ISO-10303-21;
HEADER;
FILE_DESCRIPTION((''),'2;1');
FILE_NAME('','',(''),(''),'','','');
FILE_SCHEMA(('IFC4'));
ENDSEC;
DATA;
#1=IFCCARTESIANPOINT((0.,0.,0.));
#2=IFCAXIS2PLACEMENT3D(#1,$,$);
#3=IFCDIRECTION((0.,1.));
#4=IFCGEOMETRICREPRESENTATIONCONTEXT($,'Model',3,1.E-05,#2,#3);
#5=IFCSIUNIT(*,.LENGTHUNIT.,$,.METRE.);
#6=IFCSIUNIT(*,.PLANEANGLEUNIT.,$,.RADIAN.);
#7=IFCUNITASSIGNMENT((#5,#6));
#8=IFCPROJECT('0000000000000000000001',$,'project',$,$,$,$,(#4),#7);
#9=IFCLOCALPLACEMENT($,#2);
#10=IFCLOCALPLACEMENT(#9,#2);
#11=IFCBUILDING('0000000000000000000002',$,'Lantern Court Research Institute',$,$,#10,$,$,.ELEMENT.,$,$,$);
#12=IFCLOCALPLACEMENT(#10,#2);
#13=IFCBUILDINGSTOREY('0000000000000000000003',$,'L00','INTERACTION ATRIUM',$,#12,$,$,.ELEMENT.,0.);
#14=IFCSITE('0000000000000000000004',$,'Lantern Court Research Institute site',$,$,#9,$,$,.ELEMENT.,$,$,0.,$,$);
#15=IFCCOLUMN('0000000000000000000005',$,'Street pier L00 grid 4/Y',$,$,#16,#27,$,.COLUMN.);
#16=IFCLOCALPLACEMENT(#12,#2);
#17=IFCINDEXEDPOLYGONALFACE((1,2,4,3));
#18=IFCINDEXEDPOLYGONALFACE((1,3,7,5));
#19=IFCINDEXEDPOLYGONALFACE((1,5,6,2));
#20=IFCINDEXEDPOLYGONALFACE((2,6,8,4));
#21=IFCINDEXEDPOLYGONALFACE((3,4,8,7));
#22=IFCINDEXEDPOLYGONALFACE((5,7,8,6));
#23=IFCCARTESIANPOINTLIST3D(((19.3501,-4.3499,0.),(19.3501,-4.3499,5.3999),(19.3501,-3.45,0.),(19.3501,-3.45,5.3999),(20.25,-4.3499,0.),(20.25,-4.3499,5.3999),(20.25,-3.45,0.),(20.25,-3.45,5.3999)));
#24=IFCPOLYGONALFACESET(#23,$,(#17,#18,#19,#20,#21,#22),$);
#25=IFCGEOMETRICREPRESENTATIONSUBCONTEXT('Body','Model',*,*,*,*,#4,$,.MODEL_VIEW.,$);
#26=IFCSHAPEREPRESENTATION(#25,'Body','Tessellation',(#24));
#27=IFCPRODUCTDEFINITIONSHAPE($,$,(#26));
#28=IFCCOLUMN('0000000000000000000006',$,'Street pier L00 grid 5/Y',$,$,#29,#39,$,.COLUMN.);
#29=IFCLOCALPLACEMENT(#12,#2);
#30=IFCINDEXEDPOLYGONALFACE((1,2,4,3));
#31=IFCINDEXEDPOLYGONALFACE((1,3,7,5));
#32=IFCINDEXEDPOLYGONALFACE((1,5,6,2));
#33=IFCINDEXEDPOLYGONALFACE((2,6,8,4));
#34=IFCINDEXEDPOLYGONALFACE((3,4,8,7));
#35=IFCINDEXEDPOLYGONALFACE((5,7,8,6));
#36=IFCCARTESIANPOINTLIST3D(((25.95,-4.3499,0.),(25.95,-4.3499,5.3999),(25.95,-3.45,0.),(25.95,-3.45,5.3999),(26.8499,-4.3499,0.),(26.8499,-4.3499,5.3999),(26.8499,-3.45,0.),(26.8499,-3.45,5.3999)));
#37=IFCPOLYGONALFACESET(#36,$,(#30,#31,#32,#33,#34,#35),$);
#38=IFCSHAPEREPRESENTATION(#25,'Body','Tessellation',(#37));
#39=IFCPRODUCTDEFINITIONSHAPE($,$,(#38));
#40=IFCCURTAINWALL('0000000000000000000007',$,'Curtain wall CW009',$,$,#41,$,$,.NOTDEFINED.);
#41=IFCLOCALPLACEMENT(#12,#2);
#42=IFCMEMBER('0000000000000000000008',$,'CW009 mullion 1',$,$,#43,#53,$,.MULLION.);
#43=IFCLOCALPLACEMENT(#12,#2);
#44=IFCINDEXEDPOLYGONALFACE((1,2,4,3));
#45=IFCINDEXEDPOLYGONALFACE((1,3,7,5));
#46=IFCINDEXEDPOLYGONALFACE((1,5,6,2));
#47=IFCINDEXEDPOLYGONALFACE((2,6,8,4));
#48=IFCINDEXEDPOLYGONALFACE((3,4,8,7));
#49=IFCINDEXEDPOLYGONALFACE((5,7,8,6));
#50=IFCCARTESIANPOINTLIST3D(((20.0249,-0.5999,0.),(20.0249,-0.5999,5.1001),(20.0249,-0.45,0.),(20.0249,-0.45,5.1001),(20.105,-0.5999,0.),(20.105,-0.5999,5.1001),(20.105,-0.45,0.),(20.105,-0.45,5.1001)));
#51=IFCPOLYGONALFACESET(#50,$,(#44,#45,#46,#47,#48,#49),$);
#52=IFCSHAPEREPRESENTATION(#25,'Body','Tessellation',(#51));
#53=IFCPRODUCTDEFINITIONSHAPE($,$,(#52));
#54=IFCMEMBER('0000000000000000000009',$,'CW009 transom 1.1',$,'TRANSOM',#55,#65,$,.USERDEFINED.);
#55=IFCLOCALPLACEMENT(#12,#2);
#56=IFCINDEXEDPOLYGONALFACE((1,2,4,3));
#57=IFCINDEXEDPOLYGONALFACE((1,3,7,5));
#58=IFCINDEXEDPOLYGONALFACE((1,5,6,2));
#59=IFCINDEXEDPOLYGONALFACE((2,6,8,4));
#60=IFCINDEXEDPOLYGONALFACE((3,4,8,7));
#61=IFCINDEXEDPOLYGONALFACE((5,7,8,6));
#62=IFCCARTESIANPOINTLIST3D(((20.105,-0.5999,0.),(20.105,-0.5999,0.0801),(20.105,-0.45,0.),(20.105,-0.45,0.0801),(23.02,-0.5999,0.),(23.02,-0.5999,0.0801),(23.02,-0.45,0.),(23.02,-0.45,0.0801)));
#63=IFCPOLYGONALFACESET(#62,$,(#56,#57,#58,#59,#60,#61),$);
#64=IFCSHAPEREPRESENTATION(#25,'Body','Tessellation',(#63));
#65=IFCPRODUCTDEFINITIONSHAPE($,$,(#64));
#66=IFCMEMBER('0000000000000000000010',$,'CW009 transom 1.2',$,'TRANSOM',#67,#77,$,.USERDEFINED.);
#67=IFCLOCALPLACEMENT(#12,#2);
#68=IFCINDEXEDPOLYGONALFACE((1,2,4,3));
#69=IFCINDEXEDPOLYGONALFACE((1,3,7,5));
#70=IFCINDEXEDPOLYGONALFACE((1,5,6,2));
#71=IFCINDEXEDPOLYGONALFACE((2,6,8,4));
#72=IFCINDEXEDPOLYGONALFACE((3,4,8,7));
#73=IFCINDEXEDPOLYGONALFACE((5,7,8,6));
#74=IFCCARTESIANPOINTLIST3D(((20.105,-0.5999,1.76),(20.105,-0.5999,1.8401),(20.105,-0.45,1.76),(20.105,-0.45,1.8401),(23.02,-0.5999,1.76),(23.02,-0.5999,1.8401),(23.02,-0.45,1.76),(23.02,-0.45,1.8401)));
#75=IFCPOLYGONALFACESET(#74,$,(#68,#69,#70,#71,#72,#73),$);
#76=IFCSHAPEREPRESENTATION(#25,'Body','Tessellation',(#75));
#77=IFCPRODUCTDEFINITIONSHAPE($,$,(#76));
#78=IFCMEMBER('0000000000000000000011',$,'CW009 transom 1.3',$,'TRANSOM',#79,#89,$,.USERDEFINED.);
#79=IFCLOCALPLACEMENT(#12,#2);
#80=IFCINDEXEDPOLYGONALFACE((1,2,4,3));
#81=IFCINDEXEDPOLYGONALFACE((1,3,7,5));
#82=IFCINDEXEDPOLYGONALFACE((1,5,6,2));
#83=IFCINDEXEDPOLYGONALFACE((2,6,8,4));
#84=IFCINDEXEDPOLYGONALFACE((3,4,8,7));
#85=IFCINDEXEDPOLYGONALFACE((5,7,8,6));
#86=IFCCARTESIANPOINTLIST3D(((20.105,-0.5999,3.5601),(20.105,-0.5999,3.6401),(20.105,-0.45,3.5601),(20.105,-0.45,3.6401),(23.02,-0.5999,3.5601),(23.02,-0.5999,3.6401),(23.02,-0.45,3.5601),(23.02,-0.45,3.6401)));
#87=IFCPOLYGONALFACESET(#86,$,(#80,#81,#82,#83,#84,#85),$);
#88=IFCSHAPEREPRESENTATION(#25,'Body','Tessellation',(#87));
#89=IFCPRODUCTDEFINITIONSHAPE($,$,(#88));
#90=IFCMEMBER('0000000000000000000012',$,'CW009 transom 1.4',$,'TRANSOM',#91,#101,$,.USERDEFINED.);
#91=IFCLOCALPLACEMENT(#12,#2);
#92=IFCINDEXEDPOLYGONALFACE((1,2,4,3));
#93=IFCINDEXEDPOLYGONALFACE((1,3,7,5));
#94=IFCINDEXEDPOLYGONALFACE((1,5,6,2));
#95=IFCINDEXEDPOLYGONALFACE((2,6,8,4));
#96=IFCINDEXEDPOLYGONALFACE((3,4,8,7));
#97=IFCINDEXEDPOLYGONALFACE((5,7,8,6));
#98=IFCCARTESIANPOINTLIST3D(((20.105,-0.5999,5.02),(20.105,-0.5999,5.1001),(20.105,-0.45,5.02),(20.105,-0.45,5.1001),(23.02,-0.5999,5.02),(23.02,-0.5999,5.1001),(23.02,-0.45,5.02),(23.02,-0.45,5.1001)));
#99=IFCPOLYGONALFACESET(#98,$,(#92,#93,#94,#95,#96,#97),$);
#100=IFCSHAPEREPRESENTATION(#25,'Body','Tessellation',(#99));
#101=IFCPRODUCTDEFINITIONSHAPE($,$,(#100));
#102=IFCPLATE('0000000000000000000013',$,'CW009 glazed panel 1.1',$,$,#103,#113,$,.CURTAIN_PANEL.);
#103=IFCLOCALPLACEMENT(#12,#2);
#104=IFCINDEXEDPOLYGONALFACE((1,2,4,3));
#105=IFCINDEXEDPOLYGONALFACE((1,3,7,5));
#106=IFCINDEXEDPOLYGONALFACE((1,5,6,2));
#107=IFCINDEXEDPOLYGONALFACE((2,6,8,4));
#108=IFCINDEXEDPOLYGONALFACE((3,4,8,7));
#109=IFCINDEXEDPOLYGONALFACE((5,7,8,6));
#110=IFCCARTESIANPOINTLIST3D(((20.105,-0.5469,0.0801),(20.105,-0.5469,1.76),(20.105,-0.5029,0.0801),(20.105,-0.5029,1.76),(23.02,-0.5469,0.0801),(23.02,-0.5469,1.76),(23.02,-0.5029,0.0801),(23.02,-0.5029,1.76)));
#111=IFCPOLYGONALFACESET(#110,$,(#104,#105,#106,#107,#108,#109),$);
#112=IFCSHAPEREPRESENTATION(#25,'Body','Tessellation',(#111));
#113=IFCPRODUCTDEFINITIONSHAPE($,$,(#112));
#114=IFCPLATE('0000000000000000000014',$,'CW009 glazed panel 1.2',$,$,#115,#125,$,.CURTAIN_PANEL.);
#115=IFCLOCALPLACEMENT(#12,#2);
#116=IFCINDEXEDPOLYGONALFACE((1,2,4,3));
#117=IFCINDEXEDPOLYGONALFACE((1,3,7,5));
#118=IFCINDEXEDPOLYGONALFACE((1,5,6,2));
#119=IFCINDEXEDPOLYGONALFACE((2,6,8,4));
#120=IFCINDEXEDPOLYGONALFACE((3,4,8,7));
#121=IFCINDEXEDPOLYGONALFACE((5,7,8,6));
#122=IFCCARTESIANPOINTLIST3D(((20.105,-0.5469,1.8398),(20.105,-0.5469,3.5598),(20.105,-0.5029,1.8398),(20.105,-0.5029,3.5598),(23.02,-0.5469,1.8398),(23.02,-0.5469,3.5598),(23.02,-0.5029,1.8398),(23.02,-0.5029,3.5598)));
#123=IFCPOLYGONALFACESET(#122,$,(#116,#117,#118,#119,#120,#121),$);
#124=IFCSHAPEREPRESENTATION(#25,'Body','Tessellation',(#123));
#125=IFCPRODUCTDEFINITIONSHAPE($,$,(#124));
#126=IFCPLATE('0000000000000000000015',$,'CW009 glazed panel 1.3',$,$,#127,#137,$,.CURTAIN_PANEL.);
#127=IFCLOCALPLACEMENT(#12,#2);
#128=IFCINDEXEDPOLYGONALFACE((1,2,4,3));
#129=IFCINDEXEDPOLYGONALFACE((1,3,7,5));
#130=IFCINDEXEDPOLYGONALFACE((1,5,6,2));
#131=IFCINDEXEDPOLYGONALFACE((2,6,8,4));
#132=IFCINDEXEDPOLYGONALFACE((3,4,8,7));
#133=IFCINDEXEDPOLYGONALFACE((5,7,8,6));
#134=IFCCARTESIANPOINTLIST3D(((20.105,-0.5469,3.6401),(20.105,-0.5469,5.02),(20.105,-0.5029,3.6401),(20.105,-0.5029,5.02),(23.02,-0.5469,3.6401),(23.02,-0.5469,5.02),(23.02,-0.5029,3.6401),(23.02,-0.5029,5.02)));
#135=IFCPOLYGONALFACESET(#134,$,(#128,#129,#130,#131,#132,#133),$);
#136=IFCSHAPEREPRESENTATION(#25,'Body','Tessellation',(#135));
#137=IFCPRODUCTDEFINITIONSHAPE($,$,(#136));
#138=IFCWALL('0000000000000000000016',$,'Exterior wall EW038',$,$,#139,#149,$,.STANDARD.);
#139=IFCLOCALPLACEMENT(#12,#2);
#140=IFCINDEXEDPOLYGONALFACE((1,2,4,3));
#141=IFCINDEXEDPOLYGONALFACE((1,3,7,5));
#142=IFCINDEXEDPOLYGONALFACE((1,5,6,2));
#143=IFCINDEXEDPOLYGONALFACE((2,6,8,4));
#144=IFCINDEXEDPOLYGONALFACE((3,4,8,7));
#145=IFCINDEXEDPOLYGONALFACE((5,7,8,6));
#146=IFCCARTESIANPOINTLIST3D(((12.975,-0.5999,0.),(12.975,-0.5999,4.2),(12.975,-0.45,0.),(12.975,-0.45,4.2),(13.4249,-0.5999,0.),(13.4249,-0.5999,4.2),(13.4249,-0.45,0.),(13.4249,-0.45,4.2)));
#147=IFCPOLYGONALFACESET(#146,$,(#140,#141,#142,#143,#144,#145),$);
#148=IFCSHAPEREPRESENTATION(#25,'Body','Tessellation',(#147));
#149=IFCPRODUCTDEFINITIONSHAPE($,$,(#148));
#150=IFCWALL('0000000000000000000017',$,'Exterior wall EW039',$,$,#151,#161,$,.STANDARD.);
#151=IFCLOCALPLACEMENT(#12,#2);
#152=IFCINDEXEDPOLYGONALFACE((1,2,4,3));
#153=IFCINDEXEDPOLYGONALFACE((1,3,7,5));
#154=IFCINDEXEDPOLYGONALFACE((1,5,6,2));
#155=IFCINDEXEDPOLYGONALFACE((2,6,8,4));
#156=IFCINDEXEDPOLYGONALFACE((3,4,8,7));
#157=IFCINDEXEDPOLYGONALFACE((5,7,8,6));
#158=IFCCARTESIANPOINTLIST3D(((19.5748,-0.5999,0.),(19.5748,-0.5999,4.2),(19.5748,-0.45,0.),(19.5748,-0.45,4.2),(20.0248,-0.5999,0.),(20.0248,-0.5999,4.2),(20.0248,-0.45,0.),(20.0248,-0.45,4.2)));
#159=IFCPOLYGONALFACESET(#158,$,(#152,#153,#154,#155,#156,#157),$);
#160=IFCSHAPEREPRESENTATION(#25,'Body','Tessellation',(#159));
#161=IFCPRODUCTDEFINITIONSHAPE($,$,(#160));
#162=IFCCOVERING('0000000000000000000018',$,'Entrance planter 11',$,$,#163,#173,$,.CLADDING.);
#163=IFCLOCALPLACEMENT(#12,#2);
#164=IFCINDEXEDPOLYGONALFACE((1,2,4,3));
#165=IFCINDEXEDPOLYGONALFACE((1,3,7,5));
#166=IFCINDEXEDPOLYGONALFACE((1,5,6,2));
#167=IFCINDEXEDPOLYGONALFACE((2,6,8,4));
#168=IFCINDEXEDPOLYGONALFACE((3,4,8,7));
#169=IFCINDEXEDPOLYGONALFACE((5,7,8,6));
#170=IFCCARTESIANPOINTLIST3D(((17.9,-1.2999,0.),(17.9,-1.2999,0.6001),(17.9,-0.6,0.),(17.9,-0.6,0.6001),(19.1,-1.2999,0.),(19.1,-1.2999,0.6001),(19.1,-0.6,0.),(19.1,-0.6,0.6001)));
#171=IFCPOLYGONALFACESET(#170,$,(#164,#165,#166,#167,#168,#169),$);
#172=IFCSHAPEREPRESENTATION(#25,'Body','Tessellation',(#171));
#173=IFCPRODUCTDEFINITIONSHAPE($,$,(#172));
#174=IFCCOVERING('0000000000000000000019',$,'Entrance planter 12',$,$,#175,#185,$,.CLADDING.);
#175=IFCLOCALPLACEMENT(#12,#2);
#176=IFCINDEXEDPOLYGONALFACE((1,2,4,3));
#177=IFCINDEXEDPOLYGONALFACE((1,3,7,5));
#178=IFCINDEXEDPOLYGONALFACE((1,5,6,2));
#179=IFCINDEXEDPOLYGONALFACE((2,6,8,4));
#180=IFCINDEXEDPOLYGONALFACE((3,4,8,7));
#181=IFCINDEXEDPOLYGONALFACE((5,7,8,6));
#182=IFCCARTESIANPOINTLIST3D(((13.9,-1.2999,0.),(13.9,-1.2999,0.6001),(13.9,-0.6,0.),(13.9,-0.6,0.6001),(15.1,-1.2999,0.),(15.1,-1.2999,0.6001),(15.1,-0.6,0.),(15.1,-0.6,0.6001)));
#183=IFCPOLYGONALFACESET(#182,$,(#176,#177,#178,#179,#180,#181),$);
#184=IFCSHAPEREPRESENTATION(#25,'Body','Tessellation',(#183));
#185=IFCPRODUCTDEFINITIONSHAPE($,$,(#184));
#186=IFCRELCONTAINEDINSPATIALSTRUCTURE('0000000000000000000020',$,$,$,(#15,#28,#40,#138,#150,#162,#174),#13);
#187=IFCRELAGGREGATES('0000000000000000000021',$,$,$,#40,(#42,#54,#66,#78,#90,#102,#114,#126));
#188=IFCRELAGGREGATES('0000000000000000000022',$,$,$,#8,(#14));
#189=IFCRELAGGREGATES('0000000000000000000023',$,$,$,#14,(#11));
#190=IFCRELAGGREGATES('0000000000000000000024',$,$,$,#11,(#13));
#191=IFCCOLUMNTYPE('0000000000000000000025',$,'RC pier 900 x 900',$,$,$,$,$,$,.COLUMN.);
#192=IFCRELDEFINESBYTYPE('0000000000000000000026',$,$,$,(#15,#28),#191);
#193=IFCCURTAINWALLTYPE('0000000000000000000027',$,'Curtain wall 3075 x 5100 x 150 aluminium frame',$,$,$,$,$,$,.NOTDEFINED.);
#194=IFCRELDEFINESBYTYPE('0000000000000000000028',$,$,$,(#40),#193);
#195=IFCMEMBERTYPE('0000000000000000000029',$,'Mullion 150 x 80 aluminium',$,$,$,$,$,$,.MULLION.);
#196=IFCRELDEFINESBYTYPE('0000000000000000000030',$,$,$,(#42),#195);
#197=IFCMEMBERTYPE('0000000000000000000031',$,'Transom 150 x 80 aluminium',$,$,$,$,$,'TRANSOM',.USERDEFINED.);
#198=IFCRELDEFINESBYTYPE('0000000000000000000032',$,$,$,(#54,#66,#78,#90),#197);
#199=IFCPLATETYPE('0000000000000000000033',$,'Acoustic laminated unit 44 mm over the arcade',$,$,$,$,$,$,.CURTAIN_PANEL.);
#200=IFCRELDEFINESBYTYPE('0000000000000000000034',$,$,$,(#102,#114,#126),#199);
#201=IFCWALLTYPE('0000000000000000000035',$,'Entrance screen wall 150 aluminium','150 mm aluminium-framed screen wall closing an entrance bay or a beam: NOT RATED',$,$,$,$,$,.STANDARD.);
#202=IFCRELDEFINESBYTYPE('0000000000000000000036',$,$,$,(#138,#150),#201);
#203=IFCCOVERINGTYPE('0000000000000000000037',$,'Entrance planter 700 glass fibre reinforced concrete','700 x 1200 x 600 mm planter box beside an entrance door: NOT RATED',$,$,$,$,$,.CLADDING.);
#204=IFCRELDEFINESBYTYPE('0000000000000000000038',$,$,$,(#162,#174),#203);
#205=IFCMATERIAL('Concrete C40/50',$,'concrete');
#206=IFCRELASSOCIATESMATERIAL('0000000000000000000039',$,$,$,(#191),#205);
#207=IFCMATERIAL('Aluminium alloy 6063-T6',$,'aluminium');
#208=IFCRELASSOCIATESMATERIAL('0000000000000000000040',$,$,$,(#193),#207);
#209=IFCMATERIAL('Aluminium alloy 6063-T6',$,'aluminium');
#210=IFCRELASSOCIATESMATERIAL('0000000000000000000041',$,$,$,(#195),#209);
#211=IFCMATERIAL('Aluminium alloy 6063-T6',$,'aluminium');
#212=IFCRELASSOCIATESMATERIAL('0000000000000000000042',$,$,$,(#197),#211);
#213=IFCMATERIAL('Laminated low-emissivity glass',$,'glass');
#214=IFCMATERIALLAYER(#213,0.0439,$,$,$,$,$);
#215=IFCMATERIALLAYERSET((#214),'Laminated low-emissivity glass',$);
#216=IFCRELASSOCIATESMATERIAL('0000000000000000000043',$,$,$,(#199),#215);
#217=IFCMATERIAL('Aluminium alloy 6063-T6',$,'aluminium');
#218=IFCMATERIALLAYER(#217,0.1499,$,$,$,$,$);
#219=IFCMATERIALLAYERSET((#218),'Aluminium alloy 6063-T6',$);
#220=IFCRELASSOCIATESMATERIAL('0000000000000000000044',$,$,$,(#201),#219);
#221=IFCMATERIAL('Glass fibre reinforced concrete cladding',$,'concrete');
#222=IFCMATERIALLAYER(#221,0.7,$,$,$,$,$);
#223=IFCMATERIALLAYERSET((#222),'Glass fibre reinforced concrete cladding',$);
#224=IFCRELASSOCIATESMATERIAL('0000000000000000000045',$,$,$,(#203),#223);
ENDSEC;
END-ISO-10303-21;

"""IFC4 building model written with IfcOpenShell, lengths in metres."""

from ifc_helpers import new_model, si_unit, direction, frame, frame_2d, origin, origin_2d, place, context, subcontext, project, spatial, rectangle, extrude, material, layer, layer_set, material_profile, profile_set, type_object, element, aggregate, save


model = new_model("IFC4")

# Units and contexts
model_context = context("Model", 3, precision=1e-05, world=origin(), true_north=direction((0.0, 1.0)))
body_context = subcontext(model_context, "Body", "Model", "MODEL_VIEW")
ifc_project = project(units=[si_unit("LENGTHUNIT", "METRE"), si_unit("PLANEANGLEUNIT", "RADIAN")], contexts=[model_context])

# Site, building, storey
site_placement = place(None, origin())
site = spatial("IfcSite", under=ifc_project, at=site_placement, Name="Lantern Court Research Institute site", CompositionType="ELEMENT", RefElevation=0.0)
building_placement = place(site_placement, origin())
building = spatial("IfcBuilding", under=site, at=building_placement, Name="Lantern Court Research Institute", CompositionType="ELEMENT")
storey_placement = place(building_placement, origin())
storey = spatial("IfcBuildingStorey", under=building, at=storey_placement, Name="L00", Description="INTERACTION ATRIUM", CompositionType="ELEMENT", Elevation=0.0)

# Columns
ifc_material_1 = material(Name="Concrete C40/50", Category="concrete")
ifc_material_profile_1 = material_profile(ifc_material_1, rectangle(XDim=0.8999, YDim=0.8999, at=origin_2d()), Name="RC column 900 x 900")
ifc_profile_set_1 = profile_set([ifc_material_profile_1], Name="Concrete C40/50")
column_type = type_object("IfcColumnType", Name="RC pier 900 x 900", PredefinedType="COLUMN", material=ifc_profile_set_1)
for number, where, z_axis, x_axis, name in (
    (1, (19.8, -3.8999, 0.0), (0.0, 0.0, 1.0), (1.0, 0.0, 0.0), "Street pier L00 grid 4/Y"),
    (2, (26.3999, -3.8999, 0.0), (0.0, 0.0, 1.0), (1.0, 0.0, 0.0), "Street pier L00 grid 5/Y"),
):
    element("IfcColumn", number, at=place(storey_placement, frame(where, z_axis=z_axis, x_axis=x_axis)), inside=storey, type_object=column_type, Name=name, PredefinedType="COLUMN", context=body_context, shape_type="SweptSolid", body=[
        extrude(rectangle(XDim=0.8999, YDim=0.8999, at=origin_2d()), origin(), (0.0, 0.0, 1.0), 5.3999),
    ])

# Curtain wall, members, plates
ifc_material_2 = material(Name="Aluminium alloy 6063-T6", Category="aluminium")
curtain_wall_type = type_object("IfcCurtainWallType", Name="Curtain wall 3075 x 5100 x 150 aluminium frame", PredefinedType="NOTDEFINED", material=ifc_material_2)
curtain_wall_placement = place(storey_placement, origin())
curtain_wall = element("IfcCurtainWall", 3, at=curtain_wall_placement, inside=storey, type_object=curtain_wall_type, Name="Curtain wall CW009", PredefinedType="NOTDEFINED")
ifc_material_3 = material(Name="Aluminium alloy 6063-T6", Category="aluminium")
ifc_material_profile_2 = material_profile(ifc_material_3, rectangle(XDim=0.1499, YDim=0.0801, at=origin_2d()), Name="Mullion 150 x 80")
ifc_profile_set_2 = profile_set([ifc_material_profile_2], Name="Aluminium alloy 6063-T6")
member_type_1 = type_object("IfcMemberType", Name="Mullion 150 x 80 aluminium", PredefinedType="MULLION", material=ifc_profile_set_2)
member_1_placement = place(storey_placement, frame((20.0649, -0.5249, 0.0), z_axis=(0.0, 0.0, 1.0), x_axis=(0.0, -1.0, 0.0)))
member_1 = element("IfcMember", 4, at=member_1_placement, type_object=member_type_1, Name="CW009 mullion 1", PredefinedType="MULLION", context=body_context, shape_type="SweptSolid", body=[
    extrude(rectangle(XDim=0.1499, YDim=0.0801, at=origin_2d()), origin(), (0.0, 0.0, 1.0), 5.1001),
])
ifc_material_4 = material(Name="Aluminium alloy 6063-T6", Category="aluminium")
ifc_material_profile_3 = material_profile(ifc_material_4, rectangle(XDim=0.1499, YDim=0.0801, at=origin_2d()), Name="Transom 150 x 80")
ifc_profile_set_3 = profile_set([ifc_material_profile_3], Name="Aluminium alloy 6063-T6")
member_type_2 = type_object("IfcMemberType", Name="Transom 150 x 80 aluminium", ElementType="TRANSOM", PredefinedType="USERDEFINED", material=ifc_profile_set_3)
member_2_placement = place(storey_placement, frame((23.02, -0.5249, 0.04), z_axis=(-1.0, 0.0, 0.0), x_axis=(0.0, -1.0, 0.0)))
member_2 = element("IfcMember", 5, at=member_2_placement, type_object=member_type_2, Name="CW009 transom 1.1", ObjectType="TRANSOM", PredefinedType="USERDEFINED", context=body_context, shape_type="SweptSolid", body=[
    extrude(rectangle(XDim=0.1499, YDim=0.0801, at=origin_2d()), origin(), (0.0, 0.0, 1.0), 2.915),
])
member_3_placement = place(storey_placement, frame((23.02, -0.5249, 1.8), z_axis=(-1.0, 0.0, 0.0), x_axis=(0.0, -1.0, 0.0)))
member_3 = element("IfcMember", 6, at=member_3_placement, type_object=member_type_2, Name="CW009 transom 1.2", ObjectType="TRANSOM", PredefinedType="USERDEFINED", context=body_context, shape_type="SweptSolid", body=[
    extrude(rectangle(XDim=0.1499, YDim=0.0801, at=origin_2d()), origin(), (0.0, 0.0, 1.0), 2.915),
])
member_4_placement = place(storey_placement, frame((23.02, -0.5249, 3.6001), z_axis=(-1.0, 0.0, 0.0), x_axis=(0.0, -1.0, 0.0)))
member_4 = element("IfcMember", 7, at=member_4_placement, type_object=member_type_2, Name="CW009 transom 1.3", ObjectType="TRANSOM", PredefinedType="USERDEFINED", context=body_context, shape_type="SweptSolid", body=[
    extrude(rectangle(XDim=0.1499, YDim=0.0801, at=origin_2d()), origin(), (0.0, 0.0, 1.0), 2.915),
])
member_5_placement = place(storey_placement, frame((23.02, -0.5249, 5.0601), z_axis=(-1.0, 0.0, 0.0), x_axis=(0.0, -1.0, 0.0)))
member_5 = element("IfcMember", 8, at=member_5_placement, type_object=member_type_2, Name="CW009 transom 1.4", ObjectType="TRANSOM", PredefinedType="USERDEFINED", context=body_context, shape_type="SweptSolid", body=[
    extrude(rectangle(XDim=0.1499, YDim=0.0801, at=origin_2d()), origin(), (0.0, 0.0, 1.0), 2.915),
])
ifc_material_5 = material(Name="Laminated low-emissivity glass", Category="glass")
ifc_layer_1 = layer(ifc_material_5, 0.0439)
ifc_layer_set_1 = layer_set([ifc_layer_1], Name="Laminated low-emissivity glass")
plate_type = type_object("IfcPlateType", Name="Acoustic laminated unit 44 mm over the arcade", PredefinedType="CURTAIN_PANEL", material=ifc_layer_set_1)
plate_1_placement = place(storey_placement, frame((21.5625, -0.5249, 0.0801), z_axis=(0.0, 0.0, 1.0), x_axis=(-1.0, 0.0, 0.0)))
plate_1 = element("IfcPlate", 9, at=plate_1_placement, type_object=plate_type, Name="CW009 glazed panel 1.1", PredefinedType="CURTAIN_PANEL", context=body_context, shape_type="SweptSolid", body=[
    extrude(rectangle(XDim=2.915, YDim=0.0439, at=origin_2d()), origin(), (0.0, 0.0, 1.0), 1.6799),
])
plate_2_placement = place(storey_placement, frame((21.5625, -0.5249, 1.8398), z_axis=(0.0, 0.0, 1.0), x_axis=(-1.0, 0.0, 0.0)))
plate_2 = element("IfcPlate", 10, at=plate_2_placement, type_object=plate_type, Name="CW009 glazed panel 1.2", PredefinedType="CURTAIN_PANEL", context=body_context, shape_type="SweptSolid", body=[
    extrude(rectangle(XDim=2.915, YDim=0.0439, at=origin_2d()), origin(), (0.0, 0.0, 1.0), 1.72),
])
plate_3_placement = place(storey_placement, frame((21.5625, -0.5249, 3.6401), z_axis=(0.0, 0.0, 1.0), x_axis=(-1.0, 0.0, 0.0)))
plate_3 = element("IfcPlate", 11, at=plate_3_placement, type_object=plate_type, Name="CW009 glazed panel 1.3", PredefinedType="CURTAIN_PANEL", context=body_context, shape_type="SweptSolid", body=[
    extrude(rectangle(XDim=2.915, YDim=0.0439, at=origin_2d()), origin(), (0.0, 0.0, 1.0), 1.3799),
])
aggregate(curtain_wall, [member_1, member_2, member_3, member_4, member_5, plate_1, plate_2, plate_3])

# Shared definitions
ifc_material_6 = material(Name="Aluminium alloy 6063-T6", Category="aluminium")
ifc_layer_2 = layer(ifc_material_6, 0.1499)
ifc_layer_set_2 = layer_set([ifc_layer_2], Name="Aluminium alloy 6063-T6")
wall_type = type_object("IfcWallType", Name="Entrance screen wall 150 aluminium", Description="150 mm aluminium-framed screen wall closing an entrance bay or a beam: NOT RATED", PredefinedType="STANDARD", material=ifc_layer_set_2)

# Walls
for number, where, z_axis, x_axis, name in (
    (12, (13.425, -0.5249, 0.0), (0.0, 0.0, 1.0), (-1.0, 0.0, 0.0), "Exterior wall EW038"),
    (13, (20.0249, -0.5249, 0.0), (0.0, 0.0, 1.0), (-1.0, 0.0, 0.0), "Exterior wall EW039"),
):
    element("IfcWall", number, at=place(storey_placement, frame(where, z_axis=z_axis, x_axis=x_axis)), inside=storey, type_object=wall_type, Name=name, PredefinedType="STANDARD", context=body_context, shape_type="SweptSolid", body=[
        extrude(rectangle(XDim=0.45, YDim=0.1499, at=frame_2d((0.2251, 0.0))), origin(), (0.0, 0.0, 1.0), 4.2),
    ])

# Coverings
ifc_material_7 = material(Name="Glass fibre reinforced concrete cladding", Category="concrete")
ifc_layer_3 = layer(ifc_material_7, 0.7)
ifc_layer_set_3 = layer_set([ifc_layer_3], Name="Glass fibre reinforced concrete cladding")
covering_type = type_object("IfcCoveringType", Name="Entrance planter 700 glass fibre reinforced concrete", Description="700 x 1200 x 600 mm planter box beside an entrance door: NOT RATED", PredefinedType="CLADDING", material=ifc_layer_set_3)
for number, where, z_axis, x_axis, name in (
    (14, (18.5, -0.95, 0.0), (0.0, 0.0, 1.0), (1.0, 0.0, 0.0), "Entrance planter 11"),
    (15, (14.5, -0.95, 0.0), (0.0, 0.0, 1.0), (1.0, 0.0, 0.0), "Entrance planter 12"),
):
    element("IfcCovering", number, at=place(storey_placement, frame(where, z_axis=z_axis, x_axis=x_axis)), inside=storey, type_object=covering_type, Name=name, PredefinedType="CLADDING", context=body_context, shape_type="SweptSolid", body=[
        extrude(rectangle(XDim=1.2, YDim=0.7, at=origin_2d()), origin(), (0.0, 0.0, 1.0), 0.6001),
    ])

save(model, "model.ifc")
